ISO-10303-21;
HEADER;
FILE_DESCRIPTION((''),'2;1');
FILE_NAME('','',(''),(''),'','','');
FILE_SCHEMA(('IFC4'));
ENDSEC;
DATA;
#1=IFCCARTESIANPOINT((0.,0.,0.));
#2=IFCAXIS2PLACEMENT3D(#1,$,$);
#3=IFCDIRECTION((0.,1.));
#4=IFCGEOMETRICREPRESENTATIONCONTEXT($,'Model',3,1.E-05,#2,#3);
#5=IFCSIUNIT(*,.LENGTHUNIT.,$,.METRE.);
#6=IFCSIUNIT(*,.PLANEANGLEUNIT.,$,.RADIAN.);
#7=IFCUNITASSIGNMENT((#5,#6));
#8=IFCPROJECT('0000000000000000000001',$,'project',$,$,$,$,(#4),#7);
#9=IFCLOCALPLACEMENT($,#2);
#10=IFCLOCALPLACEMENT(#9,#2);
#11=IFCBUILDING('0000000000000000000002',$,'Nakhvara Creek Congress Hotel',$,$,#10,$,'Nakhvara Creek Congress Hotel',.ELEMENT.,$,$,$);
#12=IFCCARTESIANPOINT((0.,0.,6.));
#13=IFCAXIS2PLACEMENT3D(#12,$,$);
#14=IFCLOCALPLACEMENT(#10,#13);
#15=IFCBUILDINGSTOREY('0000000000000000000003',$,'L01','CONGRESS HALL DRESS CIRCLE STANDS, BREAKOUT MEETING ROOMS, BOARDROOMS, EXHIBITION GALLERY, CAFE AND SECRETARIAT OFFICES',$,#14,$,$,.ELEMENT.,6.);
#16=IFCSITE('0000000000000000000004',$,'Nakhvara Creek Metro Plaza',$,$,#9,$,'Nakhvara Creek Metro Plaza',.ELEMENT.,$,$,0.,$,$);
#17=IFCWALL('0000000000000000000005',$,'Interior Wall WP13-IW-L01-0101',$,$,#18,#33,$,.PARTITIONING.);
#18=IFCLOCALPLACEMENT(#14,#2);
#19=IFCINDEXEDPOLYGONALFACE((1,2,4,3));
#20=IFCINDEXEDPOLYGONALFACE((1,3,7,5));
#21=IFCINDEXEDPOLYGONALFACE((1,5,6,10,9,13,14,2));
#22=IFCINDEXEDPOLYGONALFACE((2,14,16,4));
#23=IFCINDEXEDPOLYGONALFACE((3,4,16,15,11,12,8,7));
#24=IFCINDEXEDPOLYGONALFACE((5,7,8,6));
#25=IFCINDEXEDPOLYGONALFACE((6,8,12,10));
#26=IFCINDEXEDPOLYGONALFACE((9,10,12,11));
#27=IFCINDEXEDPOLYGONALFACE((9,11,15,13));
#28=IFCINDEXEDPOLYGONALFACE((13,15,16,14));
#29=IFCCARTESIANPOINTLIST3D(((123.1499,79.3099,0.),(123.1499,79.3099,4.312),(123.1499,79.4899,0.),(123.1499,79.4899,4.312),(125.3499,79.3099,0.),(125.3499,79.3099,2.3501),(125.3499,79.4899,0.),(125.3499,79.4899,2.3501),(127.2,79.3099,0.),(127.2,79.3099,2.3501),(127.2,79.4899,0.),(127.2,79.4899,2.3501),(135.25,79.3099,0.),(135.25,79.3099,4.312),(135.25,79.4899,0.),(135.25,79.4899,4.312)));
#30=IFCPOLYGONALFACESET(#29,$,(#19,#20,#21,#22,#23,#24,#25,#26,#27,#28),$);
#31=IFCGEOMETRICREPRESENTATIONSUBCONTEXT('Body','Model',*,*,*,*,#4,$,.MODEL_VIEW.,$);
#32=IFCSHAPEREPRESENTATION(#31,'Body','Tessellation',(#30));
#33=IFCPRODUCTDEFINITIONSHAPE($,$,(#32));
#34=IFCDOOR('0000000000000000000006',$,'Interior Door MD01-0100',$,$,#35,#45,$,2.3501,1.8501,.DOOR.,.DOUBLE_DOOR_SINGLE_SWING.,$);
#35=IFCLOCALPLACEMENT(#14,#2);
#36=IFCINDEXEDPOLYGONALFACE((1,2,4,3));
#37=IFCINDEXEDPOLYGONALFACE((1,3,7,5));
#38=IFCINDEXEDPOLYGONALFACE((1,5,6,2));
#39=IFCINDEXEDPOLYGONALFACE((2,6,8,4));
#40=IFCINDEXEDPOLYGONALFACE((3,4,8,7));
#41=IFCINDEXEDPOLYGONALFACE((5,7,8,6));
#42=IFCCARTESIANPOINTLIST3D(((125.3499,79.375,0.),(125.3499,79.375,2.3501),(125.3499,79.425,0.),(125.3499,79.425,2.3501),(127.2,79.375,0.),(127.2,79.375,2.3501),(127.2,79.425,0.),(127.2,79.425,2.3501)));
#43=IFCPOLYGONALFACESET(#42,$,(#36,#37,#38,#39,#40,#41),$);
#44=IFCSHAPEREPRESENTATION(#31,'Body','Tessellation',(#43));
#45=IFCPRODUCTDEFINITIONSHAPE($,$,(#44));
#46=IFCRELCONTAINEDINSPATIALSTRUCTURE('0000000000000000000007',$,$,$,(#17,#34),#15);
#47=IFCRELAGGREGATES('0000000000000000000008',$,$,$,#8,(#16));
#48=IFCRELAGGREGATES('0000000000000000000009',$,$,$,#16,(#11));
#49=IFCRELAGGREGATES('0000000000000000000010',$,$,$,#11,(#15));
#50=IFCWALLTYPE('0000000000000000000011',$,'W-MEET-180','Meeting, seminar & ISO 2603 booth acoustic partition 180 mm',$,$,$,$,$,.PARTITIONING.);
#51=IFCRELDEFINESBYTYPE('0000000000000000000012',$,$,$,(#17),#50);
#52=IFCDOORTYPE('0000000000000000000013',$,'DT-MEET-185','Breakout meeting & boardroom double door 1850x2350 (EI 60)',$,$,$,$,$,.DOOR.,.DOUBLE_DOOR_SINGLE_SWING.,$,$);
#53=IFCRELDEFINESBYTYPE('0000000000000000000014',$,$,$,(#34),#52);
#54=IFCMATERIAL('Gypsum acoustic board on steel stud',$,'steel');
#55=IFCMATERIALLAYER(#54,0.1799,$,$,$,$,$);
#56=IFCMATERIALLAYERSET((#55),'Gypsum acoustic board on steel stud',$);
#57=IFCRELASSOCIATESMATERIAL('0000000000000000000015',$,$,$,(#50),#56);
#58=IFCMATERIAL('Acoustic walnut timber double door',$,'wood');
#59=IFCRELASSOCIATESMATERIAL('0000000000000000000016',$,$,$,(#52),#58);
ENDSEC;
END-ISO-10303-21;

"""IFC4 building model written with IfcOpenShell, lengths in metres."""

from ifc_helpers import new_model, si_unit, direction, frame, frame_2d, origin, place, context, subcontext, project, spatial, rectangle, extrude, material, layer, layer_set, type_object, element, fill, save


model = new_model("IFC4")

# Units and contexts
model_context = context("Model", 3, precision=1e-05, world=origin(), true_north=direction((0.0, 1.0)))
body_context = subcontext(model_context, "Body", "Model", "MODEL_VIEW")
ifc_project = project(units=[si_unit("LENGTHUNIT", "METRE"), si_unit("PLANEANGLEUNIT", "RADIAN")], contexts=[model_context])

# Site, building, storey
site_placement = place(None, origin())
site = spatial("IfcSite", under=ifc_project, at=site_placement, Name="Nakhvara Creek Metro Plaza", LongName="Nakhvara Creek Metro Plaza", CompositionType="ELEMENT", RefElevation=0.0)
building_placement = place(site_placement, origin())
building = spatial("IfcBuilding", under=site, at=building_placement, Name="Nakhvara Creek Congress Hotel", LongName="Nakhvara Creek Congress Hotel", CompositionType="ELEMENT")
storey_placement = place(building_placement, frame((0.0, 0.0, 6.0)))
storey = spatial("IfcBuildingStorey", under=building, at=storey_placement, Name="L01", Description="CONGRESS HALL DRESS CIRCLE STANDS, BREAKOUT MEETING ROOMS, BOARDROOMS, EXHIBITION GALLERY, CAFE AND SECRETARIAT OFFICES", CompositionType="ELEMENT", Elevation=6.0)

# Wall, opening, door
ifc_material_1 = material(Name="Gypsum acoustic board on steel stud", Category="steel")
ifc_layer_1 = layer(ifc_material_1, 0.1799)
ifc_layer_set_1 = layer_set([ifc_layer_1], Name="Gypsum acoustic board on steel stud")
wall_type = type_object("IfcWallType", Name="W-MEET-180", Description="Meeting, seminar & ISO 2603 booth acoustic partition 180 mm", PredefinedType="PARTITIONING", material=ifc_layer_set_1)
wall_placement = place(storey_placement, frame((123.1499, 79.3999, 0.0), z_axis=(0.0, 0.0, 1.0), x_axis=(1.0, 0.0, 0.0)))
wall = element("IfcWall", 1, at=wall_placement, inside=storey, type_object=wall_type, Name="Interior Wall WP13-IW-L01-0101", PredefinedType="PARTITIONING", context=body_context, shape_type="SweptSolid", body=[
    extrude(rectangle(XDim=12.1001, YDim=0.1799, at=frame_2d((6.05, 0.0))), origin(), (0.0, 0.0, 1.0), 4.312),
])
opening_placement = place(wall_placement, frame((2.2, 0.0, 0.0)))
opening = element("IfcOpeningElement", 2, at=opening_placement, cuts=wall, PredefinedType="OPENING", context=body_context, shape_type="SweptSolid", body=[
    extrude(rectangle(XDim=1.8501, YDim=2.3501, at=frame_2d((0.925, 1.175))), frame((0.0, 0.1021, 0.0), z_axis=(0.0, -1.0, 0.0), x_axis=(1.0, 0.0, 0.0)), (0.0, 0.0, 1.0), 0.2039),
])
ifc_material_2 = material(Name="Acoustic walnut timber double door", Category="wood")
door_type = type_object("IfcDoorType", Name="DT-MEET-185", Description="Breakout meeting & boardroom double door 1850x2350 (EI 60)", OperationType="DOUBLE_DOOR_SINGLE_SWING", PredefinedType="DOOR", material=ifc_material_2)
door_placement = place(opening_placement, frame((1.8501, 0.0, 0.0), z_axis=(0.0, 0.0, 1.0), x_axis=(-1.0, 0.0, 0.0)))
door = element("IfcDoor", 3, at=door_placement, inside=storey, type_object=door_type, Name="Interior Door MD01-0100", OperationType="DOUBLE_DOOR_SINGLE_SWING", OverallHeight=2.3501, OverallWidth=1.8501, PredefinedType="DOOR", context=body_context, shape_type="SweptSolid", body=[
    extrude(rectangle(XDim=1.8501, YDim=2.3501, at=frame_2d((0.925, 1.175))), frame((0.0, 0.0249, 0.0), z_axis=(0.0, -1.0, 0.0), x_axis=(1.0, 0.0, 0.0)), (0.0, 0.0, 1.0), 0.05),
])
fill(opening, door)

save(model, "model.ifc")
